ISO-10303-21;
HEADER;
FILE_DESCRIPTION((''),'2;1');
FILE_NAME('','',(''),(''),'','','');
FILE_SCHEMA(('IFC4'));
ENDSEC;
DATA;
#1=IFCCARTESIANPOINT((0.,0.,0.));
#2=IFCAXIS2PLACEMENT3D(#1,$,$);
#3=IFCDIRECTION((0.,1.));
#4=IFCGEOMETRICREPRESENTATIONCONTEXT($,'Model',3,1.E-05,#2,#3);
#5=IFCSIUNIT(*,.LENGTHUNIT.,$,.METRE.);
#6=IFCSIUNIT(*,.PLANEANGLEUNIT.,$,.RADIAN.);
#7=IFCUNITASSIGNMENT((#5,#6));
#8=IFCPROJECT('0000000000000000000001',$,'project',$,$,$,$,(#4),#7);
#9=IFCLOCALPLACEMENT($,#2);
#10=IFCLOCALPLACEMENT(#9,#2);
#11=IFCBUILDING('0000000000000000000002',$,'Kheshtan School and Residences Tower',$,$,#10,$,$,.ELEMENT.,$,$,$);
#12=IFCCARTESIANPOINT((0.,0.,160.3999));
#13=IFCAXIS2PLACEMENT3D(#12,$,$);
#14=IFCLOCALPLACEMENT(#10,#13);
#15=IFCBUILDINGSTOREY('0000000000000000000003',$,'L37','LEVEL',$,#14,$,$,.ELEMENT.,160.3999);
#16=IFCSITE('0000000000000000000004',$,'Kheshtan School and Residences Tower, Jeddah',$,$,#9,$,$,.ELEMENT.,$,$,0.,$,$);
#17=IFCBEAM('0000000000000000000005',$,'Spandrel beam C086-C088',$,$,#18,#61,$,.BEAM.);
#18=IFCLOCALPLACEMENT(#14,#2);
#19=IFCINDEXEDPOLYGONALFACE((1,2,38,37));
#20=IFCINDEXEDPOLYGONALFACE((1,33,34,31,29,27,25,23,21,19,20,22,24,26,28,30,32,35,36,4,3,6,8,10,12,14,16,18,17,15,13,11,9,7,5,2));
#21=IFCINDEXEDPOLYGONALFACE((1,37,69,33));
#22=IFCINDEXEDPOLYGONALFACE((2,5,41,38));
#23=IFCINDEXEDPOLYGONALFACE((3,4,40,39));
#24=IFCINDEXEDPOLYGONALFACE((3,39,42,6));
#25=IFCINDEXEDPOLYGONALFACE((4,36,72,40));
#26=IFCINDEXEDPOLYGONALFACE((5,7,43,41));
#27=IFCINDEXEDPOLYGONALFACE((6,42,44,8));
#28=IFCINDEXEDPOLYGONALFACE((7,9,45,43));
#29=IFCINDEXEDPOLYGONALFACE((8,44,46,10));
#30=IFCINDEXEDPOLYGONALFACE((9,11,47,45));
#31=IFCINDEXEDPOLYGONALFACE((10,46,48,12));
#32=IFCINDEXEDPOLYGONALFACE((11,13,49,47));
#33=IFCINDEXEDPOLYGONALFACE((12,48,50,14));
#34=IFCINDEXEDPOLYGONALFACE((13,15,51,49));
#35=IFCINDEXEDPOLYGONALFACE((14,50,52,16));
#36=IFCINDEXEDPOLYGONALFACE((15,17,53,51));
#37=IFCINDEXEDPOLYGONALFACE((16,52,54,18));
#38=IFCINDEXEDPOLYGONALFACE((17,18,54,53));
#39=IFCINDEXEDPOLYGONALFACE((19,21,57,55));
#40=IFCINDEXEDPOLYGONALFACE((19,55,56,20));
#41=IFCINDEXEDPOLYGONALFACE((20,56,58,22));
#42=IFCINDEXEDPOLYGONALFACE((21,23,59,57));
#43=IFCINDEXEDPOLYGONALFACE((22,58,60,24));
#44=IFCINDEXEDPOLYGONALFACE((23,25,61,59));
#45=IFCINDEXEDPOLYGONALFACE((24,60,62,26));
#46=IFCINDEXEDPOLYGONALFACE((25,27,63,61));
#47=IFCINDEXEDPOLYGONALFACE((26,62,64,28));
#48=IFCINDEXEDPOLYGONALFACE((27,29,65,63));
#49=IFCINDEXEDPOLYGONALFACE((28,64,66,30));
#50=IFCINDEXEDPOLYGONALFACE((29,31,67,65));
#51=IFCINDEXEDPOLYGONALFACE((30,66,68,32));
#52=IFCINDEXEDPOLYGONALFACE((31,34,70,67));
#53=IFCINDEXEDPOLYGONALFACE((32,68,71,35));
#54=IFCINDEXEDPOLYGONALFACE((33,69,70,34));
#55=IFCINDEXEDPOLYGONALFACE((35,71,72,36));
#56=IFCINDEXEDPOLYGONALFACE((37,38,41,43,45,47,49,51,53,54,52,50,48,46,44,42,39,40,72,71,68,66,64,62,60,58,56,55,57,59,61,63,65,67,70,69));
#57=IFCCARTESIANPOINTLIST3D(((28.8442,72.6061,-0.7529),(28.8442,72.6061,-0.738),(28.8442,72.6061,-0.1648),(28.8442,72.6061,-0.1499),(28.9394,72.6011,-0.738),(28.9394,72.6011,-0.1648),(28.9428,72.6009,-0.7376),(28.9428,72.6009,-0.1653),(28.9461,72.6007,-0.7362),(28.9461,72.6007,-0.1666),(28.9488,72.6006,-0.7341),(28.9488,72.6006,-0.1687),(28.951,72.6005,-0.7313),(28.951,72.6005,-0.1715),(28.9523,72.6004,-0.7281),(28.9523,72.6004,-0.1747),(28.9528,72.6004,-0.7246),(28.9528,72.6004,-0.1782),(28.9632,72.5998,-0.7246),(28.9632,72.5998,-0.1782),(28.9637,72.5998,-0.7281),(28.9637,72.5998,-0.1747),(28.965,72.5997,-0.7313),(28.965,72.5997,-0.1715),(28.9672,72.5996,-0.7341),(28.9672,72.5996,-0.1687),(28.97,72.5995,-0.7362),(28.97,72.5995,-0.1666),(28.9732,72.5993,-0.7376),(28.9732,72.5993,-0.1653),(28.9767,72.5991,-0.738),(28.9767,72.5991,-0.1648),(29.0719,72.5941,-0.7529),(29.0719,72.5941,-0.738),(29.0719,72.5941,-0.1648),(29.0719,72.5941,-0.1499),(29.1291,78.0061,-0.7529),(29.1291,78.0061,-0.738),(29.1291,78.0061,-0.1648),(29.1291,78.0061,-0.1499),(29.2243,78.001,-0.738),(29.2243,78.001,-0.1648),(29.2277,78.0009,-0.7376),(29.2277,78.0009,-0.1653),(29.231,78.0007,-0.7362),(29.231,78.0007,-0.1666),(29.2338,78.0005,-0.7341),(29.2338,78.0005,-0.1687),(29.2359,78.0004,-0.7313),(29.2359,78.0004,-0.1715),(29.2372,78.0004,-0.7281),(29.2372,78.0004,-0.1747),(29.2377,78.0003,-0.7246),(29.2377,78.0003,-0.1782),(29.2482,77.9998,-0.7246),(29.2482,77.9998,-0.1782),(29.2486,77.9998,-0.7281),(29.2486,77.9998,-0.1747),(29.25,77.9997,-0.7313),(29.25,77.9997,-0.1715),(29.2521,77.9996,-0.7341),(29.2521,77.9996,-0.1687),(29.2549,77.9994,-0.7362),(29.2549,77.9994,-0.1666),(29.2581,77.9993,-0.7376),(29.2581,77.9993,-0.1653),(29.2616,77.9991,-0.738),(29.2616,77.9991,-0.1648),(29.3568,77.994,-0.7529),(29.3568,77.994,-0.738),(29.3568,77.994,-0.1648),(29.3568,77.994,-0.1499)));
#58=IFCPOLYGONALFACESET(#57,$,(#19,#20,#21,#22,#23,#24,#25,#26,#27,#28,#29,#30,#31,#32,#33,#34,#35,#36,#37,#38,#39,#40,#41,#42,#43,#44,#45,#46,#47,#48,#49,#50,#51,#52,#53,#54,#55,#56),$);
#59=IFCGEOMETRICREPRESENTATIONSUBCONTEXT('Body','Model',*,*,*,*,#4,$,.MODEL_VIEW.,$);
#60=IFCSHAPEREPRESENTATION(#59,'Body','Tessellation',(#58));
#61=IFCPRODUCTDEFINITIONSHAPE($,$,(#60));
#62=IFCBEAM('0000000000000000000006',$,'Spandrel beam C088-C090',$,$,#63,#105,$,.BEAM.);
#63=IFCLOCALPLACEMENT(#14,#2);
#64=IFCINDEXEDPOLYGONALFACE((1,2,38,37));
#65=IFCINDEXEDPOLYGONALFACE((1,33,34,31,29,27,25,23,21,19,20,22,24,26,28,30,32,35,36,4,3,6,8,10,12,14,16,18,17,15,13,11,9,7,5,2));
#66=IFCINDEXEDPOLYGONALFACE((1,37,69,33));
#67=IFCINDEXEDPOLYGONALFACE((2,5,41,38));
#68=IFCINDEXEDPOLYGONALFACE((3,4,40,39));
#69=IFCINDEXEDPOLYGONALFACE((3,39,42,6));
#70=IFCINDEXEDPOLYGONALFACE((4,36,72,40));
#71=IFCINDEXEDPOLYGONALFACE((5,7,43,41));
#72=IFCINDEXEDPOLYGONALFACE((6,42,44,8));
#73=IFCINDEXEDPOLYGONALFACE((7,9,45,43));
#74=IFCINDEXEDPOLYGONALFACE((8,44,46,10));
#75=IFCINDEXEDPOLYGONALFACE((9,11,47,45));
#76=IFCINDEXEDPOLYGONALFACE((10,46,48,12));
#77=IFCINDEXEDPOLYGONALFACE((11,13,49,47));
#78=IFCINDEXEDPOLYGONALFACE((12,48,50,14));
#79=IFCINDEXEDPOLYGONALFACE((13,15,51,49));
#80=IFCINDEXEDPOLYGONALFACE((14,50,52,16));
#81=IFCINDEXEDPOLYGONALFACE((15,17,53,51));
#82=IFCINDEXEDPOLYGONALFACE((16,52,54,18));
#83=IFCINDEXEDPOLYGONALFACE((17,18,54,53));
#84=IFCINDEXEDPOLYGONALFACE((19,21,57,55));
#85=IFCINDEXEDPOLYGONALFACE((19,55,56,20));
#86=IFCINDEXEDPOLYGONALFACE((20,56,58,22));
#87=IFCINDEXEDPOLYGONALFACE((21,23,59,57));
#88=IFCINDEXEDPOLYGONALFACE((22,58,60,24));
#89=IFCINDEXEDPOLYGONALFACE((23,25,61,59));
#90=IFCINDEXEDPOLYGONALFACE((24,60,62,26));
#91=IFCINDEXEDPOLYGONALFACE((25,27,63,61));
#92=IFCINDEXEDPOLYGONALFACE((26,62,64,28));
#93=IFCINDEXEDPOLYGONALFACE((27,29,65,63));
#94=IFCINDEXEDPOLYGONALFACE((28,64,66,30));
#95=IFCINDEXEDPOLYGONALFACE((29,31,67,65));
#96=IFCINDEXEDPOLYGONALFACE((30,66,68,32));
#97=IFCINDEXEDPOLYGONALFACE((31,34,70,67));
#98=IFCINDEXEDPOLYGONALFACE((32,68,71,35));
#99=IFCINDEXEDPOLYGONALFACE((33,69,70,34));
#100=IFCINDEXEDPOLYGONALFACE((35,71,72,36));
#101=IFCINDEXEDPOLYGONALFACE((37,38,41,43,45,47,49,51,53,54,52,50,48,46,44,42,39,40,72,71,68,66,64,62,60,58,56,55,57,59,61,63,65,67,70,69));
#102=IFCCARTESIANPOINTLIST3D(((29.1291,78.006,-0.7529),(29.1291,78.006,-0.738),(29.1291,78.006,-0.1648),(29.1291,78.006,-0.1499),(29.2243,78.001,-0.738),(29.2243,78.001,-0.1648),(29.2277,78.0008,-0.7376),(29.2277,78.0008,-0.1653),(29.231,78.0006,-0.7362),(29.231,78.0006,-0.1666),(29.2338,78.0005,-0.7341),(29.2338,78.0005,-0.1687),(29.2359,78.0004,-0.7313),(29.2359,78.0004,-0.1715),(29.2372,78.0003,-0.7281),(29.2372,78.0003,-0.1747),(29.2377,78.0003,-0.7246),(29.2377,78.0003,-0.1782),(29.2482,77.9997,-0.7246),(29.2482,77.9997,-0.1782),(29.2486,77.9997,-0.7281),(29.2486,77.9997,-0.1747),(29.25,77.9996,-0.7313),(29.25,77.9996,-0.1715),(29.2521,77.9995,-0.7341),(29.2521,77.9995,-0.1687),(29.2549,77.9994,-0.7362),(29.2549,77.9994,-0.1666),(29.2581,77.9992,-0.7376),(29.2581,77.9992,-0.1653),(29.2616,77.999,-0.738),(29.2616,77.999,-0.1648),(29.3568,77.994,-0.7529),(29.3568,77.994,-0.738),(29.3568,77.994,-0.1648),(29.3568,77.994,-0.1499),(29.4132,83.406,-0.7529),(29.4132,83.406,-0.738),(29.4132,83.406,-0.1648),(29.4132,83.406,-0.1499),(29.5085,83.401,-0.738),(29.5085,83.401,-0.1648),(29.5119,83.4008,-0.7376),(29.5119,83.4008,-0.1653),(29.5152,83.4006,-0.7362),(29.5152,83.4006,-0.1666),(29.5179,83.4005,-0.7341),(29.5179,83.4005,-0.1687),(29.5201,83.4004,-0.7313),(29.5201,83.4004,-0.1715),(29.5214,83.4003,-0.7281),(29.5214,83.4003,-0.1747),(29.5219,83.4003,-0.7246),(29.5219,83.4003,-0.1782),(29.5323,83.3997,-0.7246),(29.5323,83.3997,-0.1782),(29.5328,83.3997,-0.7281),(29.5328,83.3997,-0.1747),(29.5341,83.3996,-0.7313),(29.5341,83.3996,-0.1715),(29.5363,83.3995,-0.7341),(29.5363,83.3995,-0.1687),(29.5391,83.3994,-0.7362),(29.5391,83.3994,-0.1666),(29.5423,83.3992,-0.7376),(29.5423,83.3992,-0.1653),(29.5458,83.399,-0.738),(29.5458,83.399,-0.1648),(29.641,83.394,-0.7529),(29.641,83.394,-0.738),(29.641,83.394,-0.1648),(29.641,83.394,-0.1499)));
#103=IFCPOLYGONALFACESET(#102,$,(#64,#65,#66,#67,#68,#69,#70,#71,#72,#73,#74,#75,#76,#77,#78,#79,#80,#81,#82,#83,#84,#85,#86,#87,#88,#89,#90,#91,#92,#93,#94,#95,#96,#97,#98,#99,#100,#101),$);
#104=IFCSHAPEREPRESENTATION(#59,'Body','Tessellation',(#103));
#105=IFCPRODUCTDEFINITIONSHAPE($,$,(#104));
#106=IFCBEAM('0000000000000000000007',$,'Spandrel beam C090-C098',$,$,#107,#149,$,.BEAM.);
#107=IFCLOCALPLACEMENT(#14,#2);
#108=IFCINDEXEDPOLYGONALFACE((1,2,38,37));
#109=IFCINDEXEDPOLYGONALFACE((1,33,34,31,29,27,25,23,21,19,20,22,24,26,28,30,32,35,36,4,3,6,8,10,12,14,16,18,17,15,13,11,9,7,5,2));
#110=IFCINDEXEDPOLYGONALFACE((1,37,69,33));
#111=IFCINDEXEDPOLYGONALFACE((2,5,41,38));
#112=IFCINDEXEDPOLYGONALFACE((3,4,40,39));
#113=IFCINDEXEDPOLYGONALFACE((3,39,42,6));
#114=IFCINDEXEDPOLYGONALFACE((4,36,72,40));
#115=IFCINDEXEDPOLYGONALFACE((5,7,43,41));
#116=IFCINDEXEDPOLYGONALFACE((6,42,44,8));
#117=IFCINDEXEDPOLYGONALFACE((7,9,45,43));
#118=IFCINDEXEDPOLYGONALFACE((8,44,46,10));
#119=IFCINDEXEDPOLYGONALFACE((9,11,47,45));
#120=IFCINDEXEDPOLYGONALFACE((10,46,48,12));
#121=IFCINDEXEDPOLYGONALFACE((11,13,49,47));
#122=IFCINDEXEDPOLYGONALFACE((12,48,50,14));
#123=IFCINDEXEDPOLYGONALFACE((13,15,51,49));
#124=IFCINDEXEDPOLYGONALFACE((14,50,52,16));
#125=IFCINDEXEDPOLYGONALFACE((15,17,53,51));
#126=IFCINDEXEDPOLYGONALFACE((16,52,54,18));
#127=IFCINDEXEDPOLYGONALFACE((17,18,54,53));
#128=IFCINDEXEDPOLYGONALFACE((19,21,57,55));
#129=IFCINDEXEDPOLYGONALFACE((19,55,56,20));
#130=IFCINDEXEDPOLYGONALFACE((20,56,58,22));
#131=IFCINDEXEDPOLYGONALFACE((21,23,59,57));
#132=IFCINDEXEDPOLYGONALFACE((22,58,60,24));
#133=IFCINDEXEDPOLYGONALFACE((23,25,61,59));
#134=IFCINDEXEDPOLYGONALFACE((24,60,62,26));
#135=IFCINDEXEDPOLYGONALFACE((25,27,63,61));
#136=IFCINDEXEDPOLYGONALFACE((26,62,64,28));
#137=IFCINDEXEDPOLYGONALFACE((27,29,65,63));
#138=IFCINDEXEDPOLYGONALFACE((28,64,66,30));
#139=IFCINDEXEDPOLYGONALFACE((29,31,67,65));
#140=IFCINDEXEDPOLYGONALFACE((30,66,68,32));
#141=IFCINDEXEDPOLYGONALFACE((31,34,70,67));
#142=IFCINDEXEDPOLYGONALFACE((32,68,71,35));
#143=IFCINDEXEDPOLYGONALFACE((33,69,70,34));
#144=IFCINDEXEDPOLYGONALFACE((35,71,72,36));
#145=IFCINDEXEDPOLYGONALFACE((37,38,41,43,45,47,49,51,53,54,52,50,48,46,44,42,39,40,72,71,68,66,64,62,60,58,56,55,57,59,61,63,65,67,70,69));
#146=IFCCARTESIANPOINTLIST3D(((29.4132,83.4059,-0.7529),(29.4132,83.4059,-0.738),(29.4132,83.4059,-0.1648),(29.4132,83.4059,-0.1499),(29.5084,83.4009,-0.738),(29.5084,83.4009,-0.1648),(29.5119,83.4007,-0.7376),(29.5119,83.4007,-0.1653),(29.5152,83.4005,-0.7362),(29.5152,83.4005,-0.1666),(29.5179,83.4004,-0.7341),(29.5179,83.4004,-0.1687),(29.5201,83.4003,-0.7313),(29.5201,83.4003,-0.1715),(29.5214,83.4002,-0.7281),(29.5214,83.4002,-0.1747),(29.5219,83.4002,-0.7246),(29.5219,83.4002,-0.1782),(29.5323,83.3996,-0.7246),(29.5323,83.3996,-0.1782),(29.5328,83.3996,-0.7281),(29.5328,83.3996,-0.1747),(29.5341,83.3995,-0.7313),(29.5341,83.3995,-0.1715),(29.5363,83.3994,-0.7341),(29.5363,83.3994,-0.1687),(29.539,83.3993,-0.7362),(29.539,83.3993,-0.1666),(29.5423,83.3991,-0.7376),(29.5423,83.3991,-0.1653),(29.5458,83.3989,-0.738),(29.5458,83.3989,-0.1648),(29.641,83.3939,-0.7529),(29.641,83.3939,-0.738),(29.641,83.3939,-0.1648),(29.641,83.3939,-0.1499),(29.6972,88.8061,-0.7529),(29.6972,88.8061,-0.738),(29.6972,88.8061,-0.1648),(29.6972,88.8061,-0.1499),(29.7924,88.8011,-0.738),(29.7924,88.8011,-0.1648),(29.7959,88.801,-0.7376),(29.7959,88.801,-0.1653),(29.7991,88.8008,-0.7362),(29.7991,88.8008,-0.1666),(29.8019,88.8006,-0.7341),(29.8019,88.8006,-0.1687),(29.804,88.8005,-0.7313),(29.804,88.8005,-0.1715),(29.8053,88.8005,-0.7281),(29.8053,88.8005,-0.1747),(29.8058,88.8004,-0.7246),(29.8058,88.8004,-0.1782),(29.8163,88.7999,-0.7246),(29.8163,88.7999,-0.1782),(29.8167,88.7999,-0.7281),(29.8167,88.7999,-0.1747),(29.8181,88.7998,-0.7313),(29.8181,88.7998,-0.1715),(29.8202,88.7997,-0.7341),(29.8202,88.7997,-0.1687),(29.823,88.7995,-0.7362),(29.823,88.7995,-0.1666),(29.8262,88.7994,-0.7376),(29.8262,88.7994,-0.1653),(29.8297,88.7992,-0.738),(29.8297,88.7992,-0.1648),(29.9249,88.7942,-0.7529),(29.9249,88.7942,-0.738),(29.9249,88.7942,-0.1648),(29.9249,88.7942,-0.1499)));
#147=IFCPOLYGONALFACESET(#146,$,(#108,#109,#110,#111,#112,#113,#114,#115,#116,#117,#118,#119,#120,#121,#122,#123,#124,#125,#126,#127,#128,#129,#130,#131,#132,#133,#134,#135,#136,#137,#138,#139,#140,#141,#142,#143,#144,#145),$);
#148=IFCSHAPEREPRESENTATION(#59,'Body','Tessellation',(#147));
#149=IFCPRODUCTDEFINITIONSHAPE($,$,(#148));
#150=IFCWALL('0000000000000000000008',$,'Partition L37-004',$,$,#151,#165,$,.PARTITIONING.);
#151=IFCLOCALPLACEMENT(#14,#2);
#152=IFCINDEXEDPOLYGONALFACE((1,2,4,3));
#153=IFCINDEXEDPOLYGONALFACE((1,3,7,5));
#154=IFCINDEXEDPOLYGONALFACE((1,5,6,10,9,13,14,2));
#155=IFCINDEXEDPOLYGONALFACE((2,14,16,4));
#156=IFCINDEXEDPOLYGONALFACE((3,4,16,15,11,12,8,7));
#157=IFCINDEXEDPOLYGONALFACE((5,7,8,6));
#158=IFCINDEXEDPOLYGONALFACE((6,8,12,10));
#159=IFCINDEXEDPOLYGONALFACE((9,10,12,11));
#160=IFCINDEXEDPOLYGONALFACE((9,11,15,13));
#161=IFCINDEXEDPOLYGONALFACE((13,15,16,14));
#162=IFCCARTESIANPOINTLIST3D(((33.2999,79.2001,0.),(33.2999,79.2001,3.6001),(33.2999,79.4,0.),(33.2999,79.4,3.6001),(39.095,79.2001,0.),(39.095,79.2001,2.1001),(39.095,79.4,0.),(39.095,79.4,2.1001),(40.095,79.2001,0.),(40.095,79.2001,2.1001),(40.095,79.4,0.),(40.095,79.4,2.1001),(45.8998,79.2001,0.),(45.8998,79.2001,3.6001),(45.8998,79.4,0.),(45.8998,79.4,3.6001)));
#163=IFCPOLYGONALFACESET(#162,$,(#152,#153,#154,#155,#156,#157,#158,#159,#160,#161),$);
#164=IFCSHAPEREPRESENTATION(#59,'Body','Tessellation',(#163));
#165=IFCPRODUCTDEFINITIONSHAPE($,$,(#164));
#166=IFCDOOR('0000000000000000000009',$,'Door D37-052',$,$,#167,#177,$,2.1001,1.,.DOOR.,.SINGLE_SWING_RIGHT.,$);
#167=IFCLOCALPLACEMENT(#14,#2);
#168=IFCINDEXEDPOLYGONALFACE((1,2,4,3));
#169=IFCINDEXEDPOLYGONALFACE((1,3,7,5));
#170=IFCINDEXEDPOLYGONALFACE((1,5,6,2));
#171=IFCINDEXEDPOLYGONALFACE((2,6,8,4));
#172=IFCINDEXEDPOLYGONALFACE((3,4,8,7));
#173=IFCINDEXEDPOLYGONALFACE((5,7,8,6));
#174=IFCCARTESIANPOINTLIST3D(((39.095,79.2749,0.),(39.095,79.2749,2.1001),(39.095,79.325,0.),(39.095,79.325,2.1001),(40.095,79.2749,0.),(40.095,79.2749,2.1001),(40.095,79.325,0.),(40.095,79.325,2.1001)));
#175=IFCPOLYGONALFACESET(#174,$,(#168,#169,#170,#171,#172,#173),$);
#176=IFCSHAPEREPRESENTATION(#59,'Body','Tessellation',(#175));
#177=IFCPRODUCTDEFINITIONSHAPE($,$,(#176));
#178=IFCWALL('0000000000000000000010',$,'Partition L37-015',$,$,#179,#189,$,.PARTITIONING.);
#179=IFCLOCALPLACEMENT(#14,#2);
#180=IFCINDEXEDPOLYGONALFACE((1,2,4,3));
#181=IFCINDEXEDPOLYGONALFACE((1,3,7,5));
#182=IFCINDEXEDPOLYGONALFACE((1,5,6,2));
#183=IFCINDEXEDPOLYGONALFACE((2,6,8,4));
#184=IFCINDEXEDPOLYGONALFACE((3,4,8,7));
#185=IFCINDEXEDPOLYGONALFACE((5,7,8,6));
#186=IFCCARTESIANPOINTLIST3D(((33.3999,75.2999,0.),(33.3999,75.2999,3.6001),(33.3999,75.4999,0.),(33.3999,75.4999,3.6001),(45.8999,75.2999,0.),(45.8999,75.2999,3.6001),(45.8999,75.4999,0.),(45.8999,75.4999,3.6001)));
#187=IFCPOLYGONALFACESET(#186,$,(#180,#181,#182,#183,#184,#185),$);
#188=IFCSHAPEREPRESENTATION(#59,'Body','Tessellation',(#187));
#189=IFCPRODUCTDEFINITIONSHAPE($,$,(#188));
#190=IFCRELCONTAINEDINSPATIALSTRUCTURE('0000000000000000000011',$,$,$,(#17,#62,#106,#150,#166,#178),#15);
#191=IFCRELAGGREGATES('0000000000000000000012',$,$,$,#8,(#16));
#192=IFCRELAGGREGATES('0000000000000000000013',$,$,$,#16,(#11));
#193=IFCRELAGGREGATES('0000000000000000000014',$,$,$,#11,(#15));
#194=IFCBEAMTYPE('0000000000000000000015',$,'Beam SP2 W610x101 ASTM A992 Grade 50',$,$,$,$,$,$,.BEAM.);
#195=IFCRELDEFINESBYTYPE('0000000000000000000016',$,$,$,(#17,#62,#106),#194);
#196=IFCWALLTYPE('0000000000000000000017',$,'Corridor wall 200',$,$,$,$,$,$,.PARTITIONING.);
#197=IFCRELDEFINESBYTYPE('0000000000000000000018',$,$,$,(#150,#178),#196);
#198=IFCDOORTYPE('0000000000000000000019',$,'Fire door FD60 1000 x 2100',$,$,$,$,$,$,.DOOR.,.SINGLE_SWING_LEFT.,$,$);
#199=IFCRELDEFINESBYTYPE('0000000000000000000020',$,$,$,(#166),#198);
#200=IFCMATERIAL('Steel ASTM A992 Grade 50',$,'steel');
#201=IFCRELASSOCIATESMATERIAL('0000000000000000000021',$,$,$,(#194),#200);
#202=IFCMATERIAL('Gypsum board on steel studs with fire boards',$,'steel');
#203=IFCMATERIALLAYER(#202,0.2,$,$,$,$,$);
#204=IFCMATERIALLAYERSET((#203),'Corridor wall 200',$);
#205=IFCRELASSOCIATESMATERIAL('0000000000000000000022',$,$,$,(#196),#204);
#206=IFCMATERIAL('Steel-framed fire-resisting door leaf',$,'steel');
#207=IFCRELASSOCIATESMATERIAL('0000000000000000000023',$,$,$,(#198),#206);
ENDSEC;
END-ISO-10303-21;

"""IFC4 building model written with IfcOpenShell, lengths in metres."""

from ifc_helpers import new_model, si_unit, direction, frame, frame_2d, origin, origin_2d, place, context, subcontext, project, spatial, rectangle, i_section, extrude, source, transform, mapped, material, layer, layer_set, material_profile, profile_set, type_object, element, fill, save


model = new_model("IFC4")

# Units and contexts
model_context = context("Model", 3, precision=1e-05, world=origin(), true_north=direction((0.0, 1.0)))
body_context = subcontext(model_context, "Body", "Model", "MODEL_VIEW")
ifc_project = project(units=[si_unit("LENGTHUNIT", "METRE"), si_unit("PLANEANGLEUNIT", "RADIAN")], contexts=[model_context])

# Site, building, storey
site_placement = place(None, origin())
site = spatial("IfcSite", under=ifc_project, at=site_placement, Name="Kheshtan School and Residences Tower, Jeddah", CompositionType="ELEMENT", RefElevation=0.0)
building_placement = place(site_placement, origin())
building = spatial("IfcBuilding", under=site, at=building_placement, Name="Kheshtan School and Residences Tower", CompositionType="ELEMENT")
storey_placement = place(building_placement, frame((0.0, 0.0, 160.3999)))
storey = spatial("IfcBuildingStorey", under=building, at=storey_placement, Name="L37", Description="LEVEL", CompositionType="ELEMENT", Elevation=160.3999)

# Shared definitions
ifc_material_1 = material(Name="Steel ASTM A992 Grade 50", Category="steel")

# Beams
ifc_material_profile_1 = material_profile(ifc_material_1, i_section(OverallWidth=0.228, OverallDepth=0.603, WebThickness=0.0105, FlangeThickness=0.0149, FilletRadius=0.0134, at=origin_2d()), Name="W610x101")
ifc_profile_set_1 = profile_set([ifc_material_profile_1], Name="Steel ASTM A992 Grade 50")
beam_type_1 = type_object("IfcBeamType", Name="Beam SP2 W610x101 ASTM A992 Grade 50", PredefinedType="BEAM", material=ifc_profile_set_1)
for number, where, z_axis, x_axis, name in (
    (1, (28.958, 72.6001, -0.4514), (0.052689, 0.998611, 0.0), (-0.998611, 0.052689, 0.0), "Spandrel beam C086-C088"),
    (2, (29.2429, 78.0, -0.4514), (0.052554, 0.998618, 0.0), (-0.998618, 0.052554, 0.0), "Spandrel beam C088-C090"),
):
    element("IfcBeam", number, at=place(storey_placement, frame(where, z_axis=z_axis, x_axis=x_axis)), inside=storey, type_object=beam_type_1, Name=name, PredefinedType="BEAM", context=body_context, shape_type="SweptSolid", body=[
        extrude(i_section(OverallWidth=0.228, OverallDepth=0.603, WebThickness=0.0105, FlangeThickness=0.0149, FilletRadius=0.0134, at=origin_2d()), origin(), (0.0, 0.0, 1.0), 5.4075),
    ])
beam_1_placement = place(storey_placement, frame((29.5271, 83.3999, -0.4514), z_axis=(0.052507, 0.998621, 0.0), x_axis=(-0.998621, 0.052507, 0.0)))
element("IfcBeam", 3, at=beam_1_placement, inside=storey, type_object=beam_type_1, Name="Spandrel beam C090-C098", PredefinedType="BEAM", context=body_context, shape_type="SweptSolid", body=[
    extrude(i_section(OverallWidth=0.228, OverallDepth=0.603, WebThickness=0.0105, FlangeThickness=0.0149, FilletRadius=0.0134, at=origin_2d()), origin(), (0.0, 0.0, 1.0), 5.4077),
])

# Wall, opening, door
ifc_material_2 = material(Name="Gypsum board on steel studs with fire boards", Category="steel")
ifc_layer_1 = layer(ifc_material_2, 0.2)
ifc_layer_set_1 = layer_set([ifc_layer_1], Name="Corridor wall 200")
wall_type_1 = type_object("IfcWallType", Name="Corridor wall 200", PredefinedType="PARTITIONING", material=ifc_layer_set_1)
wall_1_placement = place(storey_placement, frame((33.3, 79.3, 0.0), z_axis=(0.0, 0.0, 1.0), x_axis=(1.0, 0.0, 0.0)))
wall_1 = element("IfcWall", 4, at=wall_1_placement, inside=storey, type_object=wall_type_1, Name="Partition L37-004", PredefinedType="PARTITIONING", context=body_context, shape_type="SweptSolid", body=[
    extrude(rectangle(XDim=12.5999, YDim=0.2, at=frame_2d((6.2998, 0.0))), origin(), (0.0, 0.0, 1.0), 3.6001),
])
opening_1_placement = place(wall_1_placement, frame((5.7949, 0.0, 0.0)))
opening_1 = element("IfcOpeningElement", 5, at=opening_1_placement, cuts=wall_1, PredefinedType="OPENING", context=body_context, shape_type="SweptSolid", body=[
    extrude(rectangle(XDim=1.0, YDim=2.1001, at=frame_2d((0.5, 1.05))), frame((0.0, 0.1099, 0.0), z_axis=(0.0, -1.0, 0.0), x_axis=(1.0, 0.0, 0.0)), (0.0, 0.0, 1.0), 0.22),
])
ifc_material_3 = material(Name="Steel-framed fire-resisting door leaf", Category="steel")
door_type_1 = type_object("IfcDoorType", Name="Fire door FD60 1000 x 2100", OperationType="SINGLE_SWING_LEFT", PredefinedType="DOOR", material=ifc_material_3)
shared_shape_1 = source(origin(), body_context, "Body", "SweptSolid", [
    extrude(rectangle(XDim=1.0, YDim=2.1001, at=frame_2d((0.5, 1.05))), frame((0.0, 0.0249, 0.0), z_axis=(0.0, -1.0, 0.0), x_axis=(1.0, 0.0, 0.0)), (0.0, 0.0, 1.0), 0.05),
])
door_1_placement = place(opening_1_placement, origin())
door_1 = element("IfcDoor", 6, at=door_1_placement, inside=storey, type_object=door_type_1, Name="Door D37-052", OperationType="SINGLE_SWING_RIGHT", OverallHeight=2.1001, OverallWidth=1.0, PredefinedType="DOOR", context=body_context, shape_type="MappedRepresentation", body=[
    mapped(shared_shape_1, transform((0.0, 0.0, 0.0), x_axis=(1.0, 0.0, 0.0), y_axis=(0.0, 1.0, 0.0), z_axis=(0.0, 0.0, 1.0), scale=1.0)),
])
fill(opening_1, door_1)

# Wall
wall_2_placement = place(storey_placement, frame((33.3999, 75.3999, 0.0), z_axis=(0.0, 0.0, 1.0), x_axis=(1.0, 0.0, 0.0)))
element("IfcWall", 7, at=wall_2_placement, inside=storey, type_object=wall_type_1, Name="Partition L37-015", PredefinedType="PARTITIONING", context=body_context, shape_type="SweptSolid", body=[
    extrude(rectangle(XDim=12.5, YDim=0.2, at=frame_2d((6.25, 0.0))), origin(), (0.0, 0.0, 1.0), 3.6001),
])

save(model, "model.ifc")
